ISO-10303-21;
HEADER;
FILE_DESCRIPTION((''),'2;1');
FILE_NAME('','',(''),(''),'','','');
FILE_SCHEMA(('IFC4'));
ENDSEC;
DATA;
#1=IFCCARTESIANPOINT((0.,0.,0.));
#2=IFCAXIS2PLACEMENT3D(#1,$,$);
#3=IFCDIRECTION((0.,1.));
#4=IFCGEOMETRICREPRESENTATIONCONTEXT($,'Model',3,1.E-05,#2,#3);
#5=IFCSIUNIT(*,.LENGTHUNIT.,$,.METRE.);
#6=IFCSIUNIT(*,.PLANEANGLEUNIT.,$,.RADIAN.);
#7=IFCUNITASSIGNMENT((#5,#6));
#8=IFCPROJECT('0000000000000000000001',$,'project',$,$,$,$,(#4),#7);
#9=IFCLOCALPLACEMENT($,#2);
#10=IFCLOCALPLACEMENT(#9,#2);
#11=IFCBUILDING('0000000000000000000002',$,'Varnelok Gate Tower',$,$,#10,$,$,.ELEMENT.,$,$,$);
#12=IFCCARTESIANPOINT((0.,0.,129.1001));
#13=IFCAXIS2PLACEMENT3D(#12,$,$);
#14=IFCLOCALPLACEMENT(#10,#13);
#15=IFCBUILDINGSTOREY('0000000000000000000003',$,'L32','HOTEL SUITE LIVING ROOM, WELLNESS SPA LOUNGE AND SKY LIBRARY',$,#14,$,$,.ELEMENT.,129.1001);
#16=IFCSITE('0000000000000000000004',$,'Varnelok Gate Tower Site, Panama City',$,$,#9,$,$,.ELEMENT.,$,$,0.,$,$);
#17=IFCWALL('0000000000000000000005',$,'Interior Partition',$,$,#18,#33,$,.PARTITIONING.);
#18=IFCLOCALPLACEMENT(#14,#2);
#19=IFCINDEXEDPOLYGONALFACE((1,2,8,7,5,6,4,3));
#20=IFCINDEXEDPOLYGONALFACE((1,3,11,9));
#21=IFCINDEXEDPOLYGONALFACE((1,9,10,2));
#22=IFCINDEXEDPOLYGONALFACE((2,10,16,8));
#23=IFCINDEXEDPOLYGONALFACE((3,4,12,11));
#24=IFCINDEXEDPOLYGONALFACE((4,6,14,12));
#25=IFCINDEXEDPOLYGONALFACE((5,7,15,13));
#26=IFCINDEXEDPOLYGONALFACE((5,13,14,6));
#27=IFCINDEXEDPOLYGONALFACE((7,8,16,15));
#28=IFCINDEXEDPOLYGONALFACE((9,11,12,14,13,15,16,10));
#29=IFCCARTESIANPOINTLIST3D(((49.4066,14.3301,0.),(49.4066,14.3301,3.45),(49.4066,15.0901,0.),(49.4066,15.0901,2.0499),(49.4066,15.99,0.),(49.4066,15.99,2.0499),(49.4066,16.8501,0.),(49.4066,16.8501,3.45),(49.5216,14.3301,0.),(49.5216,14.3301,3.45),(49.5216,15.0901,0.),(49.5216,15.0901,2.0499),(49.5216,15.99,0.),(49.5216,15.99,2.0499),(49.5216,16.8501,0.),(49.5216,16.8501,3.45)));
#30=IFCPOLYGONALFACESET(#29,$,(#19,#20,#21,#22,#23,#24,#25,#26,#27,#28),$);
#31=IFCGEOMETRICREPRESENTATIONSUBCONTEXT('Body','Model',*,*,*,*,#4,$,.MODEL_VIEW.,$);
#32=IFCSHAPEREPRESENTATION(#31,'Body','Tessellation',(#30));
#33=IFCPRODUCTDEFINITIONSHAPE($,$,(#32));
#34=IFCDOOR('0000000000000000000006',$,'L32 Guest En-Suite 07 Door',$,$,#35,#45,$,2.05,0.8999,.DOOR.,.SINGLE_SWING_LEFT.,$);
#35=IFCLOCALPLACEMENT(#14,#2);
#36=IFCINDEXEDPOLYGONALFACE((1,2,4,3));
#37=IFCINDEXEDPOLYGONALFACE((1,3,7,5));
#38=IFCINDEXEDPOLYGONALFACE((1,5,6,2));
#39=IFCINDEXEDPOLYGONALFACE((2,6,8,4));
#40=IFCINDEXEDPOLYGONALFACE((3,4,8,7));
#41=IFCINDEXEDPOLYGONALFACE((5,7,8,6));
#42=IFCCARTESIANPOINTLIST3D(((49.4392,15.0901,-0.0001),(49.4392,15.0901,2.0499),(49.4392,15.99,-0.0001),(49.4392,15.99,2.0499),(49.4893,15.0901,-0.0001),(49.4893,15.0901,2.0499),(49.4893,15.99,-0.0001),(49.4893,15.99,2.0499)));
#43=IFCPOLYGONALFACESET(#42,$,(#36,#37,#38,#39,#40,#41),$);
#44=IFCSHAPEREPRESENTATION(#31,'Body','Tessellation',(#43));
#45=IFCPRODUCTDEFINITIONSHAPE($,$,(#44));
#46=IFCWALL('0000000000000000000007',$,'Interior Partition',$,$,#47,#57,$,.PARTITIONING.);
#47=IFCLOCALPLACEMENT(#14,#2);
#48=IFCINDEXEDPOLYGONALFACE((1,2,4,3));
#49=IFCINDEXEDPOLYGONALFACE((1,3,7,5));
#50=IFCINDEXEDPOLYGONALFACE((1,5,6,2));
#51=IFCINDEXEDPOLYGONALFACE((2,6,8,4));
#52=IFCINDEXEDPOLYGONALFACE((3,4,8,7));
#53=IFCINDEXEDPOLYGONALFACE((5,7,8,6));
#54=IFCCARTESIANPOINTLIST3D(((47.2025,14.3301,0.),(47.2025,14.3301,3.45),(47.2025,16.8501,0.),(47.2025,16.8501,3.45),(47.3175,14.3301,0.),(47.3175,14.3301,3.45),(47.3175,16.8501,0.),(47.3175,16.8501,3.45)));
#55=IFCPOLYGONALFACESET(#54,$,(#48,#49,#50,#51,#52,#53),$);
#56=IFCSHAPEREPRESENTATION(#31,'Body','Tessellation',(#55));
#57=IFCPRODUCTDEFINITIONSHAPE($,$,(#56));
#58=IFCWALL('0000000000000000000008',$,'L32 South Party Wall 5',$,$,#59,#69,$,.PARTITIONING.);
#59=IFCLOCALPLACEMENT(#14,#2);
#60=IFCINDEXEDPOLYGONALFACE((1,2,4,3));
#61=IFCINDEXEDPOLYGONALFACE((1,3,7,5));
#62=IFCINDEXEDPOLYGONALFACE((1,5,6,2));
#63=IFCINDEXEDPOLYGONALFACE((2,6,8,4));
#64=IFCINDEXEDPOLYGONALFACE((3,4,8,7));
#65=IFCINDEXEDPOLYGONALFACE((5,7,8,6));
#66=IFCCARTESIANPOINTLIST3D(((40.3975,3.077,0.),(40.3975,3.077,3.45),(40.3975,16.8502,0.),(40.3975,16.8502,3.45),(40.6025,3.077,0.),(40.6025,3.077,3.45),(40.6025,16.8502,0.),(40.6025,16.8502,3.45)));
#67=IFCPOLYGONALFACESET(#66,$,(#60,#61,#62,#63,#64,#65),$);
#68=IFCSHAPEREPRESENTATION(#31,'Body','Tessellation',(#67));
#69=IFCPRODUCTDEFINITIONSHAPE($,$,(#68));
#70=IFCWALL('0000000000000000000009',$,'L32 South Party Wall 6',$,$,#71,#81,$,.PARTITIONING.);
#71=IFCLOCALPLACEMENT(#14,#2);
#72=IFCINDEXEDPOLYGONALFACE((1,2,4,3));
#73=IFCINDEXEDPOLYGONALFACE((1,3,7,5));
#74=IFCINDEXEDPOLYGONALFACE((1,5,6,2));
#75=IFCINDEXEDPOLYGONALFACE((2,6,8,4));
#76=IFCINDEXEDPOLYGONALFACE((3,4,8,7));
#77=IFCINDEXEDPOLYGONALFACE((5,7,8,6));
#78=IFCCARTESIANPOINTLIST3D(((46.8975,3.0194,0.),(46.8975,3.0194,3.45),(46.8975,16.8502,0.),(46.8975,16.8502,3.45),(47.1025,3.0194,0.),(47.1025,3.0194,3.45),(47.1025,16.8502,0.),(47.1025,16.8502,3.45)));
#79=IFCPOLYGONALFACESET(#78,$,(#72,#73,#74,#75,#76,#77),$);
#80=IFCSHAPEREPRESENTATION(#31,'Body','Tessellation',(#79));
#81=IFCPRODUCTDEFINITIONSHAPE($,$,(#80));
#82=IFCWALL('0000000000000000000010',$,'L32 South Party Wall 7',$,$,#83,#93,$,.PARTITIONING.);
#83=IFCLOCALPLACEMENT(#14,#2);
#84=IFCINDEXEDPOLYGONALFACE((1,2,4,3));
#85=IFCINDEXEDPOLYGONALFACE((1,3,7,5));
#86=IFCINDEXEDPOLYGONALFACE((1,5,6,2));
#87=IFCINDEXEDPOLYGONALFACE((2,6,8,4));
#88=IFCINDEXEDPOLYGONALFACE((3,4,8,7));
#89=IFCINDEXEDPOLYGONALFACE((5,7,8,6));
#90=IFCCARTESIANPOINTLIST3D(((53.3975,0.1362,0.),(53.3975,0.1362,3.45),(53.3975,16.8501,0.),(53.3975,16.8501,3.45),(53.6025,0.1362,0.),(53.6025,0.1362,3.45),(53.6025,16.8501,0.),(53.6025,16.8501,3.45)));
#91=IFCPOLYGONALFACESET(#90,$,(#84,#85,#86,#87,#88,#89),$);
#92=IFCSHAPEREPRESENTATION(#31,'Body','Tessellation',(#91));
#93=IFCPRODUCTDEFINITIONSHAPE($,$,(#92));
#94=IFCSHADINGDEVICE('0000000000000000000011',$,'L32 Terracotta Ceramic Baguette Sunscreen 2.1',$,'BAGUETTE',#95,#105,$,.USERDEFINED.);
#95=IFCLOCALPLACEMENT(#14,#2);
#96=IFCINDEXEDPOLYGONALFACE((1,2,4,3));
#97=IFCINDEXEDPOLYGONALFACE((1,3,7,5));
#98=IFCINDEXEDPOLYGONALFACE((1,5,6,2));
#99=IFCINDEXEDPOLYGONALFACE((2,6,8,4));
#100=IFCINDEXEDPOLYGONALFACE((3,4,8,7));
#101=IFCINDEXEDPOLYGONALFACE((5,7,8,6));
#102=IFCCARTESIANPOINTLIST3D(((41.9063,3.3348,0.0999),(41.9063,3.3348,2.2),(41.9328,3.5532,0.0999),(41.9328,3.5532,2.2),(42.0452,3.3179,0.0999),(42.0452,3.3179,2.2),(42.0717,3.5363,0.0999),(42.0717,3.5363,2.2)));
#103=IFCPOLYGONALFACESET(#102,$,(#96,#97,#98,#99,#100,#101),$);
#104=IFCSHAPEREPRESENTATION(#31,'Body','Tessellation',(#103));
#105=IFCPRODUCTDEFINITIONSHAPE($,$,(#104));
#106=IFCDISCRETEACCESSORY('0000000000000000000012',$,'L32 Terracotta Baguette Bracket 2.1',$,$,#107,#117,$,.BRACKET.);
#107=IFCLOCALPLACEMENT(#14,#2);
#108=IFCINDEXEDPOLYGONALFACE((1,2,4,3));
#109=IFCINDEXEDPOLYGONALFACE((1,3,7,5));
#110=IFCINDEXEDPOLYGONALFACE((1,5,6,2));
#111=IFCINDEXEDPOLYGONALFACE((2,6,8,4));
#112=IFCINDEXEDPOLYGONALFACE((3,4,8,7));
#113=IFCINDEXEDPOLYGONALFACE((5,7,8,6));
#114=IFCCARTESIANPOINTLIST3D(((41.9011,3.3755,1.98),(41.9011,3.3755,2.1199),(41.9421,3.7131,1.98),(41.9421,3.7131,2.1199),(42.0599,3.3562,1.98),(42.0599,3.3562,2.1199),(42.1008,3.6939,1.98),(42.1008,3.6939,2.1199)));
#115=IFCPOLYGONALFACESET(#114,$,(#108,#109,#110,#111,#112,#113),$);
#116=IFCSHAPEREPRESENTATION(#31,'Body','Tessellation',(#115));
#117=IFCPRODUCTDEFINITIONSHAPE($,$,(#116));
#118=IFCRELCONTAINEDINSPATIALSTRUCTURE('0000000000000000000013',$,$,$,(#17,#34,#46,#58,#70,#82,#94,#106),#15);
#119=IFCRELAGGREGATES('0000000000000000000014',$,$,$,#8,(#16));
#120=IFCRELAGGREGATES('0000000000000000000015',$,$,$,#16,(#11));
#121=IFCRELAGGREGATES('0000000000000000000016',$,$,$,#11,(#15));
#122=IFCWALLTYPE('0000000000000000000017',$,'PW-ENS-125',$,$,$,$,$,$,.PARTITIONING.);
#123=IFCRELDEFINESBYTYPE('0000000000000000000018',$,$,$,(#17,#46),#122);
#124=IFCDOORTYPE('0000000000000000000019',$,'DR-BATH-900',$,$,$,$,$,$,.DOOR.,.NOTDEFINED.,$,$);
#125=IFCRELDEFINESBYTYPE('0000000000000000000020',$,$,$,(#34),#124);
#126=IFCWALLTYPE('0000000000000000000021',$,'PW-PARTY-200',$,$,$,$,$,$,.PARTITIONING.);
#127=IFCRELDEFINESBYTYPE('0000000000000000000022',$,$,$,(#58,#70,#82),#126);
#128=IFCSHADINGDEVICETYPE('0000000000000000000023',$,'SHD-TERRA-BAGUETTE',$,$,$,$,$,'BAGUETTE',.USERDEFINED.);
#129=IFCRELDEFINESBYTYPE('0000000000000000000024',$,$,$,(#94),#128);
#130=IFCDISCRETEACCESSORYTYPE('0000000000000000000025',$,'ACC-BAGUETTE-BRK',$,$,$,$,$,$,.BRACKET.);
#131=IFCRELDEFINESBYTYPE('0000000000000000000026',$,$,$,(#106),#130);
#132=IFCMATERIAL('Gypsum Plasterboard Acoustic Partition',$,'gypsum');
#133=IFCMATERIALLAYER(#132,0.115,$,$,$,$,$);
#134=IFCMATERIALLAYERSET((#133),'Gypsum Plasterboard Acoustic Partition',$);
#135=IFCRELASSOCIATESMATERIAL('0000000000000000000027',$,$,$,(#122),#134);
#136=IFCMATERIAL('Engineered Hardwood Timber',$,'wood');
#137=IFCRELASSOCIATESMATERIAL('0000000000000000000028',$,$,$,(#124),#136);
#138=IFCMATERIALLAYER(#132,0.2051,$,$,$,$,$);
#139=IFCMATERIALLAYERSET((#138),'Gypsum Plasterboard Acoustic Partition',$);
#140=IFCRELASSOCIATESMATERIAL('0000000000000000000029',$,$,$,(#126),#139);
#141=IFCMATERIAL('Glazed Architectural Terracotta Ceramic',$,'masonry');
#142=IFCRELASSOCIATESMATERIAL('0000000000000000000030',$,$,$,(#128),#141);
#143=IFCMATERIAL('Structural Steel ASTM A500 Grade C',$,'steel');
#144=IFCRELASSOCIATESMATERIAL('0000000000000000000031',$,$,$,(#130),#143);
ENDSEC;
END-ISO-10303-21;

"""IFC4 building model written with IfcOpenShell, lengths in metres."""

from ifc_helpers import new_model, si_unit, direction, frame, frame_2d, origin, origin_2d, place, context, subcontext, project, spatial, rectangle, extrude, source, transform, mapped, material, layer, layer_set, type_object, element, fill, save


model = new_model("IFC4")

# Units and contexts
model_context = context("Model", 3, precision=1e-05, world=origin(), true_north=direction((0.0, 1.0)))
body_context = subcontext(model_context, "Body", "Model", "MODEL_VIEW")
ifc_project = project(units=[si_unit("LENGTHUNIT", "METRE"), si_unit("PLANEANGLEUNIT", "RADIAN")], contexts=[model_context])

# Site, building, storey
site_placement = place(None, origin())
site = spatial("IfcSite", under=ifc_project, at=site_placement, Name="Varnelok Gate Tower Site, Panama City", CompositionType="ELEMENT", RefElevation=0.0)
building_placement = place(site_placement, origin())
building = spatial("IfcBuilding", under=site, at=building_placement, Name="Varnelok Gate Tower", CompositionType="ELEMENT")
storey_placement = place(building_placement, frame((0.0, 0.0, 129.1001)))
storey = spatial("IfcBuildingStorey", under=building, at=storey_placement, Name="L32", Description="HOTEL SUITE LIVING ROOM, WELLNESS SPA LOUNGE AND SKY LIBRARY", CompositionType="ELEMENT", Elevation=129.1001)

# Shared definitions
ifc_material_1 = material(Name="Gypsum Plasterboard Acoustic Partition", Category="gypsum")
ifc_layer_1 = layer(ifc_material_1, 0.115)
ifc_layer_set_1 = layer_set([ifc_layer_1], Name="Gypsum Plasterboard Acoustic Partition")
wall_type_1 = type_object("IfcWallType", Name="PW-ENS-125", PredefinedType="PARTITIONING", material=ifc_layer_set_1)

# Shared definitions
ifc_material_2 = material(Name="Engineered Hardwood Timber", Category="wood")
door_type_1 = type_object("IfcDoorType", Name="DR-BATH-900", OperationType="NOTDEFINED", PredefinedType="DOOR", material=ifc_material_2)

# Wall, opening, door
wall_1_placement = place(storey_placement, frame((49.4641, 14.3301, 0.0), z_axis=(0.0, 0.0, 1.0), x_axis=(0.0, 1.0, 0.0)))
wall_1 = element("IfcWall", 1, at=wall_1_placement, inside=storey, type_object=wall_type_1, Name="Interior Partition", PredefinedType="PARTITIONING", context=body_context, shape_type="SweptSolid", body=[
    extrude(rectangle(XDim=2.52, YDim=0.115, at=frame_2d((1.26, 0.0))), origin(), (0.0, 0.0, 1.0), 3.45),
])
opening_1_placement = place(wall_1_placement, frame((0.76, 0.0, 0.0)))
opening_1 = element("IfcOpeningElement", 2, at=opening_1_placement, cuts=wall_1, PredefinedType="OPENING", context=body_context, shape_type="SweptSolid", body=[
    extrude(rectangle(XDim=0.8999, YDim=2.05, at=frame_2d((0.45, 1.0249))), frame((0.0, 0.0674, 0.0), z_axis=(0.0, -1.0, 0.0), x_axis=(1.0, 0.0, 0.0)), (0.0, 0.0, 1.0), 0.135),
])
door_1_placement = place(opening_1_placement, origin())
door_1 = element("IfcDoor", 3, at=door_1_placement, inside=storey, type_object=door_type_1, Name="L32 Guest En-Suite 07 Door", OperationType="SINGLE_SWING_LEFT", OverallHeight=2.05, OverallWidth=0.8999, PredefinedType="DOOR", context=body_context, shape_type="SweptSolid", body=[
    extrude(rectangle(XDim=0.8999, YDim=2.05, at=frame_2d((0.45, 1.0249))), frame((0.0, 0.0249, 0.0), z_axis=(0.0, -1.0, 0.0), x_axis=(1.0, 0.0, 0.0)), (0.0, 0.0, 1.0), 0.05),
])
fill(opening_1, door_1)

# Walls
wall_2_placement = place(storey_placement, frame((47.26, 14.3301, 0.0), z_axis=(0.0, 0.0, 1.0), x_axis=(0.0, 1.0, 0.0)))
element("IfcWall", 4, at=wall_2_placement, inside=storey, type_object=wall_type_1, Name="Interior Partition", PredefinedType="PARTITIONING", context=body_context, shape_type="SweptSolid", body=[
    extrude(rectangle(XDim=2.52, YDim=0.115, at=frame_2d((1.26, 0.0))), origin(), (0.0, 0.0, 1.0), 3.45),
])
ifc_layer_2 = layer(ifc_material_1, 0.2051)
ifc_layer_set_2 = layer_set([ifc_layer_2], Name="Gypsum Plasterboard Acoustic Partition")
wall_type_2 = type_object("IfcWallType", Name="PW-PARTY-200", PredefinedType="PARTITIONING", material=ifc_layer_set_2)
wall_3_placement = place(storey_placement, frame((40.5, 3.0769, 0.0), z_axis=(0.0, 0.0, 1.0), x_axis=(0.0, 1.0, 0.0)))
element("IfcWall", 5, at=wall_3_placement, inside=storey, type_object=wall_type_2, Name="L32 South Party Wall 5", PredefinedType="PARTITIONING", context=body_context, shape_type="SweptSolid", body=[
    extrude(rectangle(XDim=13.7732, YDim=0.2051, at=frame_2d((6.8867, 0.0))), origin(), (0.0, 0.0, 1.0), 3.45),
])
wall_4_placement = place(storey_placement, frame((47.0, 3.0193, 0.0), z_axis=(0.0, 0.0, 1.0), x_axis=(0.0, 1.0, 0.0)))
element("IfcWall", 6, at=wall_4_placement, inside=storey, type_object=wall_type_2, Name="L32 South Party Wall 6", PredefinedType="PARTITIONING", context=body_context, shape_type="SweptSolid", body=[
    extrude(rectangle(XDim=13.8308, YDim=0.2051, at=frame_2d((6.9155, 0.0))), origin(), (0.0, 0.0, 1.0), 3.45),
])
wall_5_placement = place(storey_placement, frame((53.5, 0.1362, 0.0), z_axis=(0.0, 0.0, 1.0), x_axis=(0.0, 1.0, 0.0)))
element("IfcWall", 7, at=wall_5_placement, inside=storey, type_object=wall_type_2, Name="L32 South Party Wall 7", PredefinedType="PARTITIONING", context=body_context, shape_type="SweptSolid", body=[
    extrude(rectangle(XDim=16.7139, YDim=0.2051, at=frame_2d((8.3569, 0.0))), origin(), (0.0, 0.0, 1.0), 3.45),
])

# Shading device
ifc_material_3 = material(Name="Glazed Architectural Terracotta Ceramic", Category="masonry")
shading_device_type = type_object("IfcShadingDeviceType", Name="SHD-TERRA-BAGUETTE", ElementType="BAGUETTE", PredefinedType="USERDEFINED", material=ifc_material_3)
shared_shape_1 = source(origin(), body_context, "Body", "SweptSolid", [
    extrude(rectangle(XDim=0.1399, YDim=0.22, at=origin_2d()), origin(), (0.0, 0.0, 1.0), 2.1001),
])
shading_device_placement = place(storey_placement, frame((41.989, 3.4355, 0.0999), z_axis=(0.0, 0.0, 1.0), x_axis=(0.992732, -0.120345, 0.0)))
element("IfcShadingDevice", 8, at=shading_device_placement, inside=storey, type_object=shading_device_type, Name="L32 Terracotta Ceramic Baguette Sunscreen 2.1", ObjectType="BAGUETTE", PredefinedType="USERDEFINED", context=body_context, shape_type="MappedRepresentation", body=[
    mapped(shared_shape_1, transform((0.0, 0.0, 0.0), scale=1.0)),
])

# Discrete accessory
ifc_material_4 = material(Name="Structural Steel ASTM A500 Grade C", Category="steel")
discrete_accessory_type = type_object("IfcDiscreteAccessoryType", Name="ACC-BAGUETTE-BRK", PredefinedType="BRACKET", material=ifc_material_4)
shared_shape_2 = source(origin(), body_context, "Body", "SweptSolid", [
    extrude(rectangle(XDim=0.1599, YDim=0.3401, at=origin_2d()), origin(), (0.0, 0.0, 1.0), 0.1399),
])
discrete_accessory_placement = place(storey_placement, frame((42.001, 3.5347, 1.98), z_axis=(0.0, 0.0, 1.0), x_axis=(0.992732, -0.120345, 0.0)))
element("IfcDiscreteAccessory", 9, at=discrete_accessory_placement, inside=storey, type_object=discrete_accessory_type, Name="L32 Terracotta Baguette Bracket 2.1", PredefinedType="BRACKET", context=body_context, shape_type="MappedRepresentation", body=[
    mapped(shared_shape_2, transform((0.0, 0.0, 0.0), scale=1.0)),
])

save(model, "model.ifc")
